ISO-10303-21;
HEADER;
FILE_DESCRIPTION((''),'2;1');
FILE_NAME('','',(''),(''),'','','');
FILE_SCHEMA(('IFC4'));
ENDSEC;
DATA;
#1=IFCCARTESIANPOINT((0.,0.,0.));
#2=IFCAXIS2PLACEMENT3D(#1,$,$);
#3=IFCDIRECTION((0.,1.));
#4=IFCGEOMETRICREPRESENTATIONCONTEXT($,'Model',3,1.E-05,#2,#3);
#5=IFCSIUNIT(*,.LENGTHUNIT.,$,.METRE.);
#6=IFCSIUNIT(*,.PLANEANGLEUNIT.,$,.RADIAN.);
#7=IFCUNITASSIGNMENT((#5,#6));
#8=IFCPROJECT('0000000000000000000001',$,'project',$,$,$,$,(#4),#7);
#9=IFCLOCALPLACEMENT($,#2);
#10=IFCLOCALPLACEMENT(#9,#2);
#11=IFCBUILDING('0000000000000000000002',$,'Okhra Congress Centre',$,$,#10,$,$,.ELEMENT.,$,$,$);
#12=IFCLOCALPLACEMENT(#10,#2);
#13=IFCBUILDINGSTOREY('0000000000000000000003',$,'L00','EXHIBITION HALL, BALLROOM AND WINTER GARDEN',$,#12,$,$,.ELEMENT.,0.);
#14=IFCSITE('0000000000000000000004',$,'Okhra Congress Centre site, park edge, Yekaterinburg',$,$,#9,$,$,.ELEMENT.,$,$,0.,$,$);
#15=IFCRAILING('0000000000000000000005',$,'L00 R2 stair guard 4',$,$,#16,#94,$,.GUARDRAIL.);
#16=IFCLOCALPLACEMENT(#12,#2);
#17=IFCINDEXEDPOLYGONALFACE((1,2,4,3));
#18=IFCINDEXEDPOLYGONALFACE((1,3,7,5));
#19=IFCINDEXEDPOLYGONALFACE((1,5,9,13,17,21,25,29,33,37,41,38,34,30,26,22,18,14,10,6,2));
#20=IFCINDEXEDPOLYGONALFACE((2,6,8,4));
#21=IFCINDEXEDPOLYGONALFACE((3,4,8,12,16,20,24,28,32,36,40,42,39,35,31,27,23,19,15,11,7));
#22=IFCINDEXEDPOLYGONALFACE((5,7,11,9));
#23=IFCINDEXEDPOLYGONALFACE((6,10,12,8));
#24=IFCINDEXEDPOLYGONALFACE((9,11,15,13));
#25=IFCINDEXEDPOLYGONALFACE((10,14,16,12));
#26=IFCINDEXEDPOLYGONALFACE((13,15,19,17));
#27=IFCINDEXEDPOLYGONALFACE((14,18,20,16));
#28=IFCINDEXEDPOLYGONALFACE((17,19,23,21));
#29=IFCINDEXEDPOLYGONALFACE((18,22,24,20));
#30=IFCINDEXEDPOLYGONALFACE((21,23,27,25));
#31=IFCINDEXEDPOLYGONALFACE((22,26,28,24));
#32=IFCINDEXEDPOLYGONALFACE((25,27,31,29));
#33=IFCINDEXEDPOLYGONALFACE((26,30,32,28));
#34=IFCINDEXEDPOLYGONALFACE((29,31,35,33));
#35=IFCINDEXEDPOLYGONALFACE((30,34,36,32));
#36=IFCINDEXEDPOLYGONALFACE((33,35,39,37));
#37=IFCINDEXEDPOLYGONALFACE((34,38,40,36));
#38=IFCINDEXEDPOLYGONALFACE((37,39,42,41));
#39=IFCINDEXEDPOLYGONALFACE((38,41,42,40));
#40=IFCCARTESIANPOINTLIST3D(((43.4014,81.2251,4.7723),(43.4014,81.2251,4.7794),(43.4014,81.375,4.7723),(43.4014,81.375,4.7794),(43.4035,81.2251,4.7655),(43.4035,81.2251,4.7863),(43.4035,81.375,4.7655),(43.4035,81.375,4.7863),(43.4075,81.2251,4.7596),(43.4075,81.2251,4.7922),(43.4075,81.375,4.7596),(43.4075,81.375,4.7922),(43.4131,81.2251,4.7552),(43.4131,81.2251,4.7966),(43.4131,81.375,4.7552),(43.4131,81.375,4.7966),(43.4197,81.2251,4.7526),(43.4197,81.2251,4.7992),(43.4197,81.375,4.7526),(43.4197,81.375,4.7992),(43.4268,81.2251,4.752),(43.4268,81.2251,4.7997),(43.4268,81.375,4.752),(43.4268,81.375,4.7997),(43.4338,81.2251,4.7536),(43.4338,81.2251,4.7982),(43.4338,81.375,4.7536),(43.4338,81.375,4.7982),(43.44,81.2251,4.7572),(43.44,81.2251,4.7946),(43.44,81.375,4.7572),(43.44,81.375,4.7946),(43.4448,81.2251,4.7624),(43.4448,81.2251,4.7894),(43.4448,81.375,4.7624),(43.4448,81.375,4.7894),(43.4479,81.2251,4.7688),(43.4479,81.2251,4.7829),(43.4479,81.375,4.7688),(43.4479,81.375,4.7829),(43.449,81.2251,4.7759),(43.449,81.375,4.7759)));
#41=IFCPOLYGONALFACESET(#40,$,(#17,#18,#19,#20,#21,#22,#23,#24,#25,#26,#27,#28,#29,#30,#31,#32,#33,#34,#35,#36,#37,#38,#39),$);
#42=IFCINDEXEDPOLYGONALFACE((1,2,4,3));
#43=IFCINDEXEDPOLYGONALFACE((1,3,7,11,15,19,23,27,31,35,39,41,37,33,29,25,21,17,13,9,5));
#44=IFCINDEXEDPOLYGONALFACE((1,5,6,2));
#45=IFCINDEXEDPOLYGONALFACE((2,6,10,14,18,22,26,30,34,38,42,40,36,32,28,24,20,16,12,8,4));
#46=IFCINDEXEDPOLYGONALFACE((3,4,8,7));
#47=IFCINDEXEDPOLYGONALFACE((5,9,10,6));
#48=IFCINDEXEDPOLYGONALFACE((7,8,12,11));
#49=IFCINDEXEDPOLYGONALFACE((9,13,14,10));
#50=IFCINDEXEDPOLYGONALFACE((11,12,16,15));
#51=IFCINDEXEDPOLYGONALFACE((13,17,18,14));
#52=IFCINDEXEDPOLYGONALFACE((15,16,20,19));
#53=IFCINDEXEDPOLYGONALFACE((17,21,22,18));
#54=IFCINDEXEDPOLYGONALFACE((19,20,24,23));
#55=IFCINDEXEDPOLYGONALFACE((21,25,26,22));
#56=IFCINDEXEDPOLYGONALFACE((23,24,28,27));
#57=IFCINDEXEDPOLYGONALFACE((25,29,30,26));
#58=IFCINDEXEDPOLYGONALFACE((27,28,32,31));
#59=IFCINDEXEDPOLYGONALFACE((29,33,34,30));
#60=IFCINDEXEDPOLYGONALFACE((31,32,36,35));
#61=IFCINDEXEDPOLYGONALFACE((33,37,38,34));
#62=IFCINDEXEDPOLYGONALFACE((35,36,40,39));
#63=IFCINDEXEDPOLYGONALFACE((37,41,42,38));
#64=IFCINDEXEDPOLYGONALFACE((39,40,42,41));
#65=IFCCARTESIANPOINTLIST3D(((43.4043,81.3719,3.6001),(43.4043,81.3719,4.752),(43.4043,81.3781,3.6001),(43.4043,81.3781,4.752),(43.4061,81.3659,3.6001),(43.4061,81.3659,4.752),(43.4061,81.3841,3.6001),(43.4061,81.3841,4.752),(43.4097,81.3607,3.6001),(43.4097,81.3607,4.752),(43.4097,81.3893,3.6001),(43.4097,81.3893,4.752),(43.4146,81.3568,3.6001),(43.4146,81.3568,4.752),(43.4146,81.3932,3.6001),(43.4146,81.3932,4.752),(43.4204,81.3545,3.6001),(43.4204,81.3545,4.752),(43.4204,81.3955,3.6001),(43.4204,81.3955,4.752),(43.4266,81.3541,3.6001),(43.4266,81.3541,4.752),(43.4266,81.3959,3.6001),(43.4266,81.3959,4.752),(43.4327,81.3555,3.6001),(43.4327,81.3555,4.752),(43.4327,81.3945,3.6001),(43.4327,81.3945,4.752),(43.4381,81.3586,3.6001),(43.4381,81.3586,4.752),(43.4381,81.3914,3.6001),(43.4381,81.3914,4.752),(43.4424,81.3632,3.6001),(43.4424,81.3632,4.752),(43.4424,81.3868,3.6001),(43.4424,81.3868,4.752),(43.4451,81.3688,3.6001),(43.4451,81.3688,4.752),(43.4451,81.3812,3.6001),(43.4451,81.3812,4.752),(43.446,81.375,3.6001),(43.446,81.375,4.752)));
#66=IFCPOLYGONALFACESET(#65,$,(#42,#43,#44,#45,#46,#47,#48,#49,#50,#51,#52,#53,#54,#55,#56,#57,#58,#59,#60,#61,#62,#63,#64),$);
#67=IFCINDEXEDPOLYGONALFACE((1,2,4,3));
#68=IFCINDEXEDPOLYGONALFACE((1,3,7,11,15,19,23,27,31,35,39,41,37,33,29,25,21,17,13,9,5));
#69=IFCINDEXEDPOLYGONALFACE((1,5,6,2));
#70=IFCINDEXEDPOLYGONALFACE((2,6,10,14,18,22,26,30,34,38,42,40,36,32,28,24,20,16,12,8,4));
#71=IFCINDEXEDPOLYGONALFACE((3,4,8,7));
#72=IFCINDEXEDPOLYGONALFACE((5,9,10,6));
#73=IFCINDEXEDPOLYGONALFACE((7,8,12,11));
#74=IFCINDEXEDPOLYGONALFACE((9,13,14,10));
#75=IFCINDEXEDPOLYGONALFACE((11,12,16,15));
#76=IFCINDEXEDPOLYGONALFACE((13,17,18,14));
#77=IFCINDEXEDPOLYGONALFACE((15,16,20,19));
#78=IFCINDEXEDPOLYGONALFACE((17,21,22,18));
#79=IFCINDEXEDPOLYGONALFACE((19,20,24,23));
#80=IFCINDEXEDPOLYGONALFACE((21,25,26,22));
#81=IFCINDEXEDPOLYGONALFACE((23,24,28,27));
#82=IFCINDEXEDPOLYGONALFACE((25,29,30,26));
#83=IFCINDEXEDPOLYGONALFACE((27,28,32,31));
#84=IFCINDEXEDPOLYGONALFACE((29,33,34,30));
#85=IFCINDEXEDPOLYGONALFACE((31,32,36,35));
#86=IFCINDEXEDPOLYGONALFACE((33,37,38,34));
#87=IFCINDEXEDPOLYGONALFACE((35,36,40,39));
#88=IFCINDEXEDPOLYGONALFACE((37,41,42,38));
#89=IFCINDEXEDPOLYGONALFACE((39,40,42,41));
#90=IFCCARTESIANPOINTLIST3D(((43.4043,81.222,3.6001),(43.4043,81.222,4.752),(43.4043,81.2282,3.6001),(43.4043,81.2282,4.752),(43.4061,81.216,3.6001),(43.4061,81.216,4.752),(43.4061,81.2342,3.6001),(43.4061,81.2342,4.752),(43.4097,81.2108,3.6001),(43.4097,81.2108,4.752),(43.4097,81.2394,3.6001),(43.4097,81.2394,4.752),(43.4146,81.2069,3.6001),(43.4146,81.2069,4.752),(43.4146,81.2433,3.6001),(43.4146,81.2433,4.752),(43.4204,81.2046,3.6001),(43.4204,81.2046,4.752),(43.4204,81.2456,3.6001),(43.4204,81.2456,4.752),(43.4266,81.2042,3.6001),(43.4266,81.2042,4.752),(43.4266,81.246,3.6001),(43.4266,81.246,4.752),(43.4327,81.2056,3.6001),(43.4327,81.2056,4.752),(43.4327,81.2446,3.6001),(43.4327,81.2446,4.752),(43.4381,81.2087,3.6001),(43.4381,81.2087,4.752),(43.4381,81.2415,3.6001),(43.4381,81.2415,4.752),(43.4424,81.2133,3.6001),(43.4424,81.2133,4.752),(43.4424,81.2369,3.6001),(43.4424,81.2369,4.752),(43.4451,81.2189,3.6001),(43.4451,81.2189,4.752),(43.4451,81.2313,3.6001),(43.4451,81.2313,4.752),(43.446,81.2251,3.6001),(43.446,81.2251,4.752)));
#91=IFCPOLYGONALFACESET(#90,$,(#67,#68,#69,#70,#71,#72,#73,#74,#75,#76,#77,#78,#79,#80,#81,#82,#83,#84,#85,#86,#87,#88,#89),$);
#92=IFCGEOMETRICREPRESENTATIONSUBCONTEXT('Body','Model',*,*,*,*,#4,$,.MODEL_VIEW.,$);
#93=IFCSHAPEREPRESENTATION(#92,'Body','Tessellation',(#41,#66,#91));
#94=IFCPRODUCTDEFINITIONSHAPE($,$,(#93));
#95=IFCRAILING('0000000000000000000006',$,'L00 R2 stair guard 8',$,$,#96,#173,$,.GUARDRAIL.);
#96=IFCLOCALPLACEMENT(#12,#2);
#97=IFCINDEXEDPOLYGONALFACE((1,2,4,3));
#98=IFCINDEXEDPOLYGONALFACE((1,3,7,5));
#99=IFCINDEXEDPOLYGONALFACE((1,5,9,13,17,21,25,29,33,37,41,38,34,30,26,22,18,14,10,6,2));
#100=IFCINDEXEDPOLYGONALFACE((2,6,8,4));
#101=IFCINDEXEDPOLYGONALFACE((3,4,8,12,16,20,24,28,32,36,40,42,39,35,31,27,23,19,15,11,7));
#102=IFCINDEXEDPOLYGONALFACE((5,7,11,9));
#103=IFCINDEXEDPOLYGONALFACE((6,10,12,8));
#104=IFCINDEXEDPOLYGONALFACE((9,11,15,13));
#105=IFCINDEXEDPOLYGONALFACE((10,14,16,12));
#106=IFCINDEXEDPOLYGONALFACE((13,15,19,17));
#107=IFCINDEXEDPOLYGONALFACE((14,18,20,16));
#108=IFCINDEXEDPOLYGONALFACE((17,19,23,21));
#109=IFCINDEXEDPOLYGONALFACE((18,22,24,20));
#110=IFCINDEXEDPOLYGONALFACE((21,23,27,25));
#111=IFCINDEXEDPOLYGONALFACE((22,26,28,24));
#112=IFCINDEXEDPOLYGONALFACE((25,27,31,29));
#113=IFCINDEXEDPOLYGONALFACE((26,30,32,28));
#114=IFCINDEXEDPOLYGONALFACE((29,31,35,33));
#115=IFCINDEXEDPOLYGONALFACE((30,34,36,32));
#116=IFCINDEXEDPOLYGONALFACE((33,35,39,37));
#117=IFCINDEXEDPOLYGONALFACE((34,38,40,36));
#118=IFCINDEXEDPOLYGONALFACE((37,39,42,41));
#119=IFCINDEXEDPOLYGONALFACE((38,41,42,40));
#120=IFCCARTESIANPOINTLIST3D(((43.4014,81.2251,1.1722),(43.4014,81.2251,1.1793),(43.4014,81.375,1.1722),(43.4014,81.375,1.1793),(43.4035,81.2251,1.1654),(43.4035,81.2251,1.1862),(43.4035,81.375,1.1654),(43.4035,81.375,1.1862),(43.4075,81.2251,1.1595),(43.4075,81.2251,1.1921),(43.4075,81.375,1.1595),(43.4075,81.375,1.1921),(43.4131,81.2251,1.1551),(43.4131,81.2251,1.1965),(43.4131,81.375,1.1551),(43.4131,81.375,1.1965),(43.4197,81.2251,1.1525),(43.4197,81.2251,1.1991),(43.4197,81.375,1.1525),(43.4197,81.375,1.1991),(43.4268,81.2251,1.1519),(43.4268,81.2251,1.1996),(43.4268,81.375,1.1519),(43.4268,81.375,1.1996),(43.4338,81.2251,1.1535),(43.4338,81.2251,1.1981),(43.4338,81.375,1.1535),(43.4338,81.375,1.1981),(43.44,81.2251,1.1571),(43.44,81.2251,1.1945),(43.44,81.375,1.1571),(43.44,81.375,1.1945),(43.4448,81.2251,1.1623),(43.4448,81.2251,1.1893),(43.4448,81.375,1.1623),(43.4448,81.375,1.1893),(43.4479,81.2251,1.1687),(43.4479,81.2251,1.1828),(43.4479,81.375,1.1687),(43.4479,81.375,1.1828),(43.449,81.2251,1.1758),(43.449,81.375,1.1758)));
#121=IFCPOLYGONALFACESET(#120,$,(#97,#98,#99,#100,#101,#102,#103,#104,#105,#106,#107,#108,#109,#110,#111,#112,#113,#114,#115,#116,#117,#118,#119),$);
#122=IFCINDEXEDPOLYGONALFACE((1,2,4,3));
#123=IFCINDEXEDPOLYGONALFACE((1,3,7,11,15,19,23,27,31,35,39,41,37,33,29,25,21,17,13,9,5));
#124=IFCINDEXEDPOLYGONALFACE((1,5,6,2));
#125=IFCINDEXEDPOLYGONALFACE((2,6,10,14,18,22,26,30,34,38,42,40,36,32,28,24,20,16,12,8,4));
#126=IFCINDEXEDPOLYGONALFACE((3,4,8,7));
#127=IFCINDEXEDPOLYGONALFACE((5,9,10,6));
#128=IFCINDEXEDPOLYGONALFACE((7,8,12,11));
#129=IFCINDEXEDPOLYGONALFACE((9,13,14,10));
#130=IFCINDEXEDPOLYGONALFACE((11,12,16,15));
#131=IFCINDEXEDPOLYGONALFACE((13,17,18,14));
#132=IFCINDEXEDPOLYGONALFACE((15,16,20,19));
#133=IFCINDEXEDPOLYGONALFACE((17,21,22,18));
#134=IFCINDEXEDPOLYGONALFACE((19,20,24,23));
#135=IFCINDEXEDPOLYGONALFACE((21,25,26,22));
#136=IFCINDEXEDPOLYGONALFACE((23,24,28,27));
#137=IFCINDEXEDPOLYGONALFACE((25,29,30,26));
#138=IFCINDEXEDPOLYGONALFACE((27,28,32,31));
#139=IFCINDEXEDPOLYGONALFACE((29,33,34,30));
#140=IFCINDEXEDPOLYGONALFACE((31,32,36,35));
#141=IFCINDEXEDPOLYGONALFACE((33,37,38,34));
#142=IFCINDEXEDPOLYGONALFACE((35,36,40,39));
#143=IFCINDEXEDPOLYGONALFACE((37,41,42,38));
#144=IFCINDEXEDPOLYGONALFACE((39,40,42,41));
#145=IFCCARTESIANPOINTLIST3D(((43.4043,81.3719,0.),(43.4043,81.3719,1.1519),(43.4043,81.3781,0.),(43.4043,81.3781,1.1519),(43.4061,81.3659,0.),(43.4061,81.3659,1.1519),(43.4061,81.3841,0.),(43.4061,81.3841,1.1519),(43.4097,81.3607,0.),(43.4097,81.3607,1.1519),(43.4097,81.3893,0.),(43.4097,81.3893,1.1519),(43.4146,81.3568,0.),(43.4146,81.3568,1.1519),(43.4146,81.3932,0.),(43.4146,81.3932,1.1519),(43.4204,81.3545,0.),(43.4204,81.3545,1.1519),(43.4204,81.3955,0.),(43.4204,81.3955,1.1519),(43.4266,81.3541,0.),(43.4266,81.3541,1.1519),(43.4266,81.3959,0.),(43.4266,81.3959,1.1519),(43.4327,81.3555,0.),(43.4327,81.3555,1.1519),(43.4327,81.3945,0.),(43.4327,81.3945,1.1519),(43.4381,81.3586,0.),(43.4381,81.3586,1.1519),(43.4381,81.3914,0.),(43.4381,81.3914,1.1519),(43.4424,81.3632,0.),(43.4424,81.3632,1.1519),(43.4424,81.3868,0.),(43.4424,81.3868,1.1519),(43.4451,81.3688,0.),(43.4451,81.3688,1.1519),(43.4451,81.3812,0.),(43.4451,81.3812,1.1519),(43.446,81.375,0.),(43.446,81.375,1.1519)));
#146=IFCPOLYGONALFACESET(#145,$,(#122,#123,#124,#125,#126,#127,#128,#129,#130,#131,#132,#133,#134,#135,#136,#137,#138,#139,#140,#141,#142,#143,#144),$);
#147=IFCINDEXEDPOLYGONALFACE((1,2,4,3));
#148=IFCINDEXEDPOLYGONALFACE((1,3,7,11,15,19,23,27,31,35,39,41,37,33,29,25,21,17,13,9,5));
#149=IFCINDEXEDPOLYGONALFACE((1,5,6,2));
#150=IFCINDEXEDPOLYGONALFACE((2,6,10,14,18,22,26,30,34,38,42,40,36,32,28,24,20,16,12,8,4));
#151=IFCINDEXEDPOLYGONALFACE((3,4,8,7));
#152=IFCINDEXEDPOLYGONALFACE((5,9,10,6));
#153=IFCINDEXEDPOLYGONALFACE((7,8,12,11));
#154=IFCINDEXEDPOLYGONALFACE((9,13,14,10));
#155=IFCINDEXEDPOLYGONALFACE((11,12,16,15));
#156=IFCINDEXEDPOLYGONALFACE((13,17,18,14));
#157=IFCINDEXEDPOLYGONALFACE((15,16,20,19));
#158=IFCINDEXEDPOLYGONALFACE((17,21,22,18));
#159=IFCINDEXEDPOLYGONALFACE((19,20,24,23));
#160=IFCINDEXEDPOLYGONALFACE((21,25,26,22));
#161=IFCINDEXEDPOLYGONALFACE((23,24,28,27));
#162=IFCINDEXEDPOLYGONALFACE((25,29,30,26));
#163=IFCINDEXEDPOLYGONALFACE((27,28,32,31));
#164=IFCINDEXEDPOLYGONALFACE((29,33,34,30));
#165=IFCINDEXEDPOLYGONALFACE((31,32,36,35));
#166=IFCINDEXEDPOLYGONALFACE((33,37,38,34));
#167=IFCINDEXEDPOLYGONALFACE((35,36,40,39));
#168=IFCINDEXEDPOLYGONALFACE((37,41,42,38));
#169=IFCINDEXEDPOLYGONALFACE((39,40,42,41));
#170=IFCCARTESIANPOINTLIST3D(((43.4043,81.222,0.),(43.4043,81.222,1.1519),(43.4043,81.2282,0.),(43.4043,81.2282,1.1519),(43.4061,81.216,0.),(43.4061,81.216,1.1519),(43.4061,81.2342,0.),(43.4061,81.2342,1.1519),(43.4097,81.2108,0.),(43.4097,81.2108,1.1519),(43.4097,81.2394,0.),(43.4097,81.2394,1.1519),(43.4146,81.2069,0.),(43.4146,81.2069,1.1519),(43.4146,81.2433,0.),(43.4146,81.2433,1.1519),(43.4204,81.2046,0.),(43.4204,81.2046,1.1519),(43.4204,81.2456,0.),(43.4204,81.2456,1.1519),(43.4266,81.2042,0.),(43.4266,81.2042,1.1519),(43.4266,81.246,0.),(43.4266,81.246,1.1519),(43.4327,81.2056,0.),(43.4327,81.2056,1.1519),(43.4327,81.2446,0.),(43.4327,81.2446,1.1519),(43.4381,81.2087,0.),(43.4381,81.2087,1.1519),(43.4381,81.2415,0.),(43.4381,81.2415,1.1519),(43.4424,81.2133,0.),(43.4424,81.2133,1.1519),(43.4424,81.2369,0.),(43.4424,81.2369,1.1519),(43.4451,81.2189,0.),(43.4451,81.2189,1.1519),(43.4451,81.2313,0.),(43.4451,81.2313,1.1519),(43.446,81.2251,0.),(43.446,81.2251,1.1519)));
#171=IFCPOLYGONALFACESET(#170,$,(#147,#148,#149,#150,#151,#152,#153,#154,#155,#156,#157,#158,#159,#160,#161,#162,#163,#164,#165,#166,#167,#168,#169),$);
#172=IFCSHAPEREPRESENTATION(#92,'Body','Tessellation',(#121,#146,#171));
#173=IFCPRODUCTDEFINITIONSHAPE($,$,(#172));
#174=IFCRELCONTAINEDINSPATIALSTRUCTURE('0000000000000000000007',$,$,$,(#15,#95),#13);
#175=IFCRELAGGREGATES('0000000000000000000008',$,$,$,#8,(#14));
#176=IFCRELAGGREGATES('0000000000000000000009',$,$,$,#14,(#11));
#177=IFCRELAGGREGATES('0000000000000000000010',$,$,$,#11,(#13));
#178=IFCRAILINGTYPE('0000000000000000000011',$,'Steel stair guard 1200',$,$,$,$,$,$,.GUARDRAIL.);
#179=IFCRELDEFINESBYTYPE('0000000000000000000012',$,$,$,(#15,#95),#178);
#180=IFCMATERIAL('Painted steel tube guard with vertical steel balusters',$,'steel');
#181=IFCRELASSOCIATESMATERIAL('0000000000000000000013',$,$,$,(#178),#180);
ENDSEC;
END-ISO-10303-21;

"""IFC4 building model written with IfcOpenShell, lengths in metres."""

from ifc_helpers import new_model, si_unit, direction, frame, origin, origin_2d, place, context, subcontext, project, spatial, circle, extrude, material, type_object, element, save


model = new_model("IFC4")

# Units and contexts
model_context = context("Model", 3, precision=1e-05, world=origin(), true_north=direction((0.0, 1.0)))
body_context = subcontext(model_context, "Body", "Model", "MODEL_VIEW")
ifc_project = project(units=[si_unit("LENGTHUNIT", "METRE"), si_unit("PLANEANGLEUNIT", "RADIAN")], contexts=[model_context])

# Site, building, storey
site_placement = place(None, origin())
site = spatial("IfcSite", under=ifc_project, at=site_placement, Name="Okhra Congress Centre site, park edge, Yekaterinburg", CompositionType="ELEMENT", RefElevation=0.0)
building_placement = place(site_placement, origin())
building = spatial("IfcBuilding", under=site, at=building_placement, Name="Okhra Congress Centre", CompositionType="ELEMENT")
storey_placement = place(building_placement, origin())
storey = spatial("IfcBuildingStorey", under=building, at=storey_placement, Name="L00", Description="EXHIBITION HALL, BALLROOM AND WINTER GARDEN", CompositionType="ELEMENT", Elevation=0.0)

# Railings
ifc_material_1 = material(Name="Painted steel tube guard with vertical steel balusters", Category="steel")
railing_type_1 = type_object("IfcRailingType", Name="Steel stair guard 1200", PredefinedType="GUARDRAIL", material=ifc_material_1)
for number, where, name in (
    (1, (43.425, 81.375, 3.6001), "L00 R2 stair guard 4"),
    (2, (43.425, 81.375, 0.0), "L00 R2 stair guard 8"),
):
    element("IfcRailing", number, at=place(storey_placement, frame(where)), inside=storey, type_object=railing_type_1, Name=name, PredefinedType="GUARDRAIL", context=body_context, shape_type="SweptSolid", body=[
        extrude(circle(Radius=0.0239, at=origin_2d()), frame((0.0, 0.0, 1.1758), z_axis=(0.0, -1.0, 0.0), x_axis=(1.0, 0.0, 0.0)), (0.0, 0.0, 1.0), 0.1499),
        extrude(circle(Radius=0.021, at=origin_2d()), origin(), (0.0, 0.0, 1.0), 1.1519),
        extrude(circle(Radius=0.021, at=origin_2d()), frame((0.0, -0.1499, 0.0)), (0.0, 0.0, 1.0), 1.1519),
    ])

save(model, "model.ifc")
